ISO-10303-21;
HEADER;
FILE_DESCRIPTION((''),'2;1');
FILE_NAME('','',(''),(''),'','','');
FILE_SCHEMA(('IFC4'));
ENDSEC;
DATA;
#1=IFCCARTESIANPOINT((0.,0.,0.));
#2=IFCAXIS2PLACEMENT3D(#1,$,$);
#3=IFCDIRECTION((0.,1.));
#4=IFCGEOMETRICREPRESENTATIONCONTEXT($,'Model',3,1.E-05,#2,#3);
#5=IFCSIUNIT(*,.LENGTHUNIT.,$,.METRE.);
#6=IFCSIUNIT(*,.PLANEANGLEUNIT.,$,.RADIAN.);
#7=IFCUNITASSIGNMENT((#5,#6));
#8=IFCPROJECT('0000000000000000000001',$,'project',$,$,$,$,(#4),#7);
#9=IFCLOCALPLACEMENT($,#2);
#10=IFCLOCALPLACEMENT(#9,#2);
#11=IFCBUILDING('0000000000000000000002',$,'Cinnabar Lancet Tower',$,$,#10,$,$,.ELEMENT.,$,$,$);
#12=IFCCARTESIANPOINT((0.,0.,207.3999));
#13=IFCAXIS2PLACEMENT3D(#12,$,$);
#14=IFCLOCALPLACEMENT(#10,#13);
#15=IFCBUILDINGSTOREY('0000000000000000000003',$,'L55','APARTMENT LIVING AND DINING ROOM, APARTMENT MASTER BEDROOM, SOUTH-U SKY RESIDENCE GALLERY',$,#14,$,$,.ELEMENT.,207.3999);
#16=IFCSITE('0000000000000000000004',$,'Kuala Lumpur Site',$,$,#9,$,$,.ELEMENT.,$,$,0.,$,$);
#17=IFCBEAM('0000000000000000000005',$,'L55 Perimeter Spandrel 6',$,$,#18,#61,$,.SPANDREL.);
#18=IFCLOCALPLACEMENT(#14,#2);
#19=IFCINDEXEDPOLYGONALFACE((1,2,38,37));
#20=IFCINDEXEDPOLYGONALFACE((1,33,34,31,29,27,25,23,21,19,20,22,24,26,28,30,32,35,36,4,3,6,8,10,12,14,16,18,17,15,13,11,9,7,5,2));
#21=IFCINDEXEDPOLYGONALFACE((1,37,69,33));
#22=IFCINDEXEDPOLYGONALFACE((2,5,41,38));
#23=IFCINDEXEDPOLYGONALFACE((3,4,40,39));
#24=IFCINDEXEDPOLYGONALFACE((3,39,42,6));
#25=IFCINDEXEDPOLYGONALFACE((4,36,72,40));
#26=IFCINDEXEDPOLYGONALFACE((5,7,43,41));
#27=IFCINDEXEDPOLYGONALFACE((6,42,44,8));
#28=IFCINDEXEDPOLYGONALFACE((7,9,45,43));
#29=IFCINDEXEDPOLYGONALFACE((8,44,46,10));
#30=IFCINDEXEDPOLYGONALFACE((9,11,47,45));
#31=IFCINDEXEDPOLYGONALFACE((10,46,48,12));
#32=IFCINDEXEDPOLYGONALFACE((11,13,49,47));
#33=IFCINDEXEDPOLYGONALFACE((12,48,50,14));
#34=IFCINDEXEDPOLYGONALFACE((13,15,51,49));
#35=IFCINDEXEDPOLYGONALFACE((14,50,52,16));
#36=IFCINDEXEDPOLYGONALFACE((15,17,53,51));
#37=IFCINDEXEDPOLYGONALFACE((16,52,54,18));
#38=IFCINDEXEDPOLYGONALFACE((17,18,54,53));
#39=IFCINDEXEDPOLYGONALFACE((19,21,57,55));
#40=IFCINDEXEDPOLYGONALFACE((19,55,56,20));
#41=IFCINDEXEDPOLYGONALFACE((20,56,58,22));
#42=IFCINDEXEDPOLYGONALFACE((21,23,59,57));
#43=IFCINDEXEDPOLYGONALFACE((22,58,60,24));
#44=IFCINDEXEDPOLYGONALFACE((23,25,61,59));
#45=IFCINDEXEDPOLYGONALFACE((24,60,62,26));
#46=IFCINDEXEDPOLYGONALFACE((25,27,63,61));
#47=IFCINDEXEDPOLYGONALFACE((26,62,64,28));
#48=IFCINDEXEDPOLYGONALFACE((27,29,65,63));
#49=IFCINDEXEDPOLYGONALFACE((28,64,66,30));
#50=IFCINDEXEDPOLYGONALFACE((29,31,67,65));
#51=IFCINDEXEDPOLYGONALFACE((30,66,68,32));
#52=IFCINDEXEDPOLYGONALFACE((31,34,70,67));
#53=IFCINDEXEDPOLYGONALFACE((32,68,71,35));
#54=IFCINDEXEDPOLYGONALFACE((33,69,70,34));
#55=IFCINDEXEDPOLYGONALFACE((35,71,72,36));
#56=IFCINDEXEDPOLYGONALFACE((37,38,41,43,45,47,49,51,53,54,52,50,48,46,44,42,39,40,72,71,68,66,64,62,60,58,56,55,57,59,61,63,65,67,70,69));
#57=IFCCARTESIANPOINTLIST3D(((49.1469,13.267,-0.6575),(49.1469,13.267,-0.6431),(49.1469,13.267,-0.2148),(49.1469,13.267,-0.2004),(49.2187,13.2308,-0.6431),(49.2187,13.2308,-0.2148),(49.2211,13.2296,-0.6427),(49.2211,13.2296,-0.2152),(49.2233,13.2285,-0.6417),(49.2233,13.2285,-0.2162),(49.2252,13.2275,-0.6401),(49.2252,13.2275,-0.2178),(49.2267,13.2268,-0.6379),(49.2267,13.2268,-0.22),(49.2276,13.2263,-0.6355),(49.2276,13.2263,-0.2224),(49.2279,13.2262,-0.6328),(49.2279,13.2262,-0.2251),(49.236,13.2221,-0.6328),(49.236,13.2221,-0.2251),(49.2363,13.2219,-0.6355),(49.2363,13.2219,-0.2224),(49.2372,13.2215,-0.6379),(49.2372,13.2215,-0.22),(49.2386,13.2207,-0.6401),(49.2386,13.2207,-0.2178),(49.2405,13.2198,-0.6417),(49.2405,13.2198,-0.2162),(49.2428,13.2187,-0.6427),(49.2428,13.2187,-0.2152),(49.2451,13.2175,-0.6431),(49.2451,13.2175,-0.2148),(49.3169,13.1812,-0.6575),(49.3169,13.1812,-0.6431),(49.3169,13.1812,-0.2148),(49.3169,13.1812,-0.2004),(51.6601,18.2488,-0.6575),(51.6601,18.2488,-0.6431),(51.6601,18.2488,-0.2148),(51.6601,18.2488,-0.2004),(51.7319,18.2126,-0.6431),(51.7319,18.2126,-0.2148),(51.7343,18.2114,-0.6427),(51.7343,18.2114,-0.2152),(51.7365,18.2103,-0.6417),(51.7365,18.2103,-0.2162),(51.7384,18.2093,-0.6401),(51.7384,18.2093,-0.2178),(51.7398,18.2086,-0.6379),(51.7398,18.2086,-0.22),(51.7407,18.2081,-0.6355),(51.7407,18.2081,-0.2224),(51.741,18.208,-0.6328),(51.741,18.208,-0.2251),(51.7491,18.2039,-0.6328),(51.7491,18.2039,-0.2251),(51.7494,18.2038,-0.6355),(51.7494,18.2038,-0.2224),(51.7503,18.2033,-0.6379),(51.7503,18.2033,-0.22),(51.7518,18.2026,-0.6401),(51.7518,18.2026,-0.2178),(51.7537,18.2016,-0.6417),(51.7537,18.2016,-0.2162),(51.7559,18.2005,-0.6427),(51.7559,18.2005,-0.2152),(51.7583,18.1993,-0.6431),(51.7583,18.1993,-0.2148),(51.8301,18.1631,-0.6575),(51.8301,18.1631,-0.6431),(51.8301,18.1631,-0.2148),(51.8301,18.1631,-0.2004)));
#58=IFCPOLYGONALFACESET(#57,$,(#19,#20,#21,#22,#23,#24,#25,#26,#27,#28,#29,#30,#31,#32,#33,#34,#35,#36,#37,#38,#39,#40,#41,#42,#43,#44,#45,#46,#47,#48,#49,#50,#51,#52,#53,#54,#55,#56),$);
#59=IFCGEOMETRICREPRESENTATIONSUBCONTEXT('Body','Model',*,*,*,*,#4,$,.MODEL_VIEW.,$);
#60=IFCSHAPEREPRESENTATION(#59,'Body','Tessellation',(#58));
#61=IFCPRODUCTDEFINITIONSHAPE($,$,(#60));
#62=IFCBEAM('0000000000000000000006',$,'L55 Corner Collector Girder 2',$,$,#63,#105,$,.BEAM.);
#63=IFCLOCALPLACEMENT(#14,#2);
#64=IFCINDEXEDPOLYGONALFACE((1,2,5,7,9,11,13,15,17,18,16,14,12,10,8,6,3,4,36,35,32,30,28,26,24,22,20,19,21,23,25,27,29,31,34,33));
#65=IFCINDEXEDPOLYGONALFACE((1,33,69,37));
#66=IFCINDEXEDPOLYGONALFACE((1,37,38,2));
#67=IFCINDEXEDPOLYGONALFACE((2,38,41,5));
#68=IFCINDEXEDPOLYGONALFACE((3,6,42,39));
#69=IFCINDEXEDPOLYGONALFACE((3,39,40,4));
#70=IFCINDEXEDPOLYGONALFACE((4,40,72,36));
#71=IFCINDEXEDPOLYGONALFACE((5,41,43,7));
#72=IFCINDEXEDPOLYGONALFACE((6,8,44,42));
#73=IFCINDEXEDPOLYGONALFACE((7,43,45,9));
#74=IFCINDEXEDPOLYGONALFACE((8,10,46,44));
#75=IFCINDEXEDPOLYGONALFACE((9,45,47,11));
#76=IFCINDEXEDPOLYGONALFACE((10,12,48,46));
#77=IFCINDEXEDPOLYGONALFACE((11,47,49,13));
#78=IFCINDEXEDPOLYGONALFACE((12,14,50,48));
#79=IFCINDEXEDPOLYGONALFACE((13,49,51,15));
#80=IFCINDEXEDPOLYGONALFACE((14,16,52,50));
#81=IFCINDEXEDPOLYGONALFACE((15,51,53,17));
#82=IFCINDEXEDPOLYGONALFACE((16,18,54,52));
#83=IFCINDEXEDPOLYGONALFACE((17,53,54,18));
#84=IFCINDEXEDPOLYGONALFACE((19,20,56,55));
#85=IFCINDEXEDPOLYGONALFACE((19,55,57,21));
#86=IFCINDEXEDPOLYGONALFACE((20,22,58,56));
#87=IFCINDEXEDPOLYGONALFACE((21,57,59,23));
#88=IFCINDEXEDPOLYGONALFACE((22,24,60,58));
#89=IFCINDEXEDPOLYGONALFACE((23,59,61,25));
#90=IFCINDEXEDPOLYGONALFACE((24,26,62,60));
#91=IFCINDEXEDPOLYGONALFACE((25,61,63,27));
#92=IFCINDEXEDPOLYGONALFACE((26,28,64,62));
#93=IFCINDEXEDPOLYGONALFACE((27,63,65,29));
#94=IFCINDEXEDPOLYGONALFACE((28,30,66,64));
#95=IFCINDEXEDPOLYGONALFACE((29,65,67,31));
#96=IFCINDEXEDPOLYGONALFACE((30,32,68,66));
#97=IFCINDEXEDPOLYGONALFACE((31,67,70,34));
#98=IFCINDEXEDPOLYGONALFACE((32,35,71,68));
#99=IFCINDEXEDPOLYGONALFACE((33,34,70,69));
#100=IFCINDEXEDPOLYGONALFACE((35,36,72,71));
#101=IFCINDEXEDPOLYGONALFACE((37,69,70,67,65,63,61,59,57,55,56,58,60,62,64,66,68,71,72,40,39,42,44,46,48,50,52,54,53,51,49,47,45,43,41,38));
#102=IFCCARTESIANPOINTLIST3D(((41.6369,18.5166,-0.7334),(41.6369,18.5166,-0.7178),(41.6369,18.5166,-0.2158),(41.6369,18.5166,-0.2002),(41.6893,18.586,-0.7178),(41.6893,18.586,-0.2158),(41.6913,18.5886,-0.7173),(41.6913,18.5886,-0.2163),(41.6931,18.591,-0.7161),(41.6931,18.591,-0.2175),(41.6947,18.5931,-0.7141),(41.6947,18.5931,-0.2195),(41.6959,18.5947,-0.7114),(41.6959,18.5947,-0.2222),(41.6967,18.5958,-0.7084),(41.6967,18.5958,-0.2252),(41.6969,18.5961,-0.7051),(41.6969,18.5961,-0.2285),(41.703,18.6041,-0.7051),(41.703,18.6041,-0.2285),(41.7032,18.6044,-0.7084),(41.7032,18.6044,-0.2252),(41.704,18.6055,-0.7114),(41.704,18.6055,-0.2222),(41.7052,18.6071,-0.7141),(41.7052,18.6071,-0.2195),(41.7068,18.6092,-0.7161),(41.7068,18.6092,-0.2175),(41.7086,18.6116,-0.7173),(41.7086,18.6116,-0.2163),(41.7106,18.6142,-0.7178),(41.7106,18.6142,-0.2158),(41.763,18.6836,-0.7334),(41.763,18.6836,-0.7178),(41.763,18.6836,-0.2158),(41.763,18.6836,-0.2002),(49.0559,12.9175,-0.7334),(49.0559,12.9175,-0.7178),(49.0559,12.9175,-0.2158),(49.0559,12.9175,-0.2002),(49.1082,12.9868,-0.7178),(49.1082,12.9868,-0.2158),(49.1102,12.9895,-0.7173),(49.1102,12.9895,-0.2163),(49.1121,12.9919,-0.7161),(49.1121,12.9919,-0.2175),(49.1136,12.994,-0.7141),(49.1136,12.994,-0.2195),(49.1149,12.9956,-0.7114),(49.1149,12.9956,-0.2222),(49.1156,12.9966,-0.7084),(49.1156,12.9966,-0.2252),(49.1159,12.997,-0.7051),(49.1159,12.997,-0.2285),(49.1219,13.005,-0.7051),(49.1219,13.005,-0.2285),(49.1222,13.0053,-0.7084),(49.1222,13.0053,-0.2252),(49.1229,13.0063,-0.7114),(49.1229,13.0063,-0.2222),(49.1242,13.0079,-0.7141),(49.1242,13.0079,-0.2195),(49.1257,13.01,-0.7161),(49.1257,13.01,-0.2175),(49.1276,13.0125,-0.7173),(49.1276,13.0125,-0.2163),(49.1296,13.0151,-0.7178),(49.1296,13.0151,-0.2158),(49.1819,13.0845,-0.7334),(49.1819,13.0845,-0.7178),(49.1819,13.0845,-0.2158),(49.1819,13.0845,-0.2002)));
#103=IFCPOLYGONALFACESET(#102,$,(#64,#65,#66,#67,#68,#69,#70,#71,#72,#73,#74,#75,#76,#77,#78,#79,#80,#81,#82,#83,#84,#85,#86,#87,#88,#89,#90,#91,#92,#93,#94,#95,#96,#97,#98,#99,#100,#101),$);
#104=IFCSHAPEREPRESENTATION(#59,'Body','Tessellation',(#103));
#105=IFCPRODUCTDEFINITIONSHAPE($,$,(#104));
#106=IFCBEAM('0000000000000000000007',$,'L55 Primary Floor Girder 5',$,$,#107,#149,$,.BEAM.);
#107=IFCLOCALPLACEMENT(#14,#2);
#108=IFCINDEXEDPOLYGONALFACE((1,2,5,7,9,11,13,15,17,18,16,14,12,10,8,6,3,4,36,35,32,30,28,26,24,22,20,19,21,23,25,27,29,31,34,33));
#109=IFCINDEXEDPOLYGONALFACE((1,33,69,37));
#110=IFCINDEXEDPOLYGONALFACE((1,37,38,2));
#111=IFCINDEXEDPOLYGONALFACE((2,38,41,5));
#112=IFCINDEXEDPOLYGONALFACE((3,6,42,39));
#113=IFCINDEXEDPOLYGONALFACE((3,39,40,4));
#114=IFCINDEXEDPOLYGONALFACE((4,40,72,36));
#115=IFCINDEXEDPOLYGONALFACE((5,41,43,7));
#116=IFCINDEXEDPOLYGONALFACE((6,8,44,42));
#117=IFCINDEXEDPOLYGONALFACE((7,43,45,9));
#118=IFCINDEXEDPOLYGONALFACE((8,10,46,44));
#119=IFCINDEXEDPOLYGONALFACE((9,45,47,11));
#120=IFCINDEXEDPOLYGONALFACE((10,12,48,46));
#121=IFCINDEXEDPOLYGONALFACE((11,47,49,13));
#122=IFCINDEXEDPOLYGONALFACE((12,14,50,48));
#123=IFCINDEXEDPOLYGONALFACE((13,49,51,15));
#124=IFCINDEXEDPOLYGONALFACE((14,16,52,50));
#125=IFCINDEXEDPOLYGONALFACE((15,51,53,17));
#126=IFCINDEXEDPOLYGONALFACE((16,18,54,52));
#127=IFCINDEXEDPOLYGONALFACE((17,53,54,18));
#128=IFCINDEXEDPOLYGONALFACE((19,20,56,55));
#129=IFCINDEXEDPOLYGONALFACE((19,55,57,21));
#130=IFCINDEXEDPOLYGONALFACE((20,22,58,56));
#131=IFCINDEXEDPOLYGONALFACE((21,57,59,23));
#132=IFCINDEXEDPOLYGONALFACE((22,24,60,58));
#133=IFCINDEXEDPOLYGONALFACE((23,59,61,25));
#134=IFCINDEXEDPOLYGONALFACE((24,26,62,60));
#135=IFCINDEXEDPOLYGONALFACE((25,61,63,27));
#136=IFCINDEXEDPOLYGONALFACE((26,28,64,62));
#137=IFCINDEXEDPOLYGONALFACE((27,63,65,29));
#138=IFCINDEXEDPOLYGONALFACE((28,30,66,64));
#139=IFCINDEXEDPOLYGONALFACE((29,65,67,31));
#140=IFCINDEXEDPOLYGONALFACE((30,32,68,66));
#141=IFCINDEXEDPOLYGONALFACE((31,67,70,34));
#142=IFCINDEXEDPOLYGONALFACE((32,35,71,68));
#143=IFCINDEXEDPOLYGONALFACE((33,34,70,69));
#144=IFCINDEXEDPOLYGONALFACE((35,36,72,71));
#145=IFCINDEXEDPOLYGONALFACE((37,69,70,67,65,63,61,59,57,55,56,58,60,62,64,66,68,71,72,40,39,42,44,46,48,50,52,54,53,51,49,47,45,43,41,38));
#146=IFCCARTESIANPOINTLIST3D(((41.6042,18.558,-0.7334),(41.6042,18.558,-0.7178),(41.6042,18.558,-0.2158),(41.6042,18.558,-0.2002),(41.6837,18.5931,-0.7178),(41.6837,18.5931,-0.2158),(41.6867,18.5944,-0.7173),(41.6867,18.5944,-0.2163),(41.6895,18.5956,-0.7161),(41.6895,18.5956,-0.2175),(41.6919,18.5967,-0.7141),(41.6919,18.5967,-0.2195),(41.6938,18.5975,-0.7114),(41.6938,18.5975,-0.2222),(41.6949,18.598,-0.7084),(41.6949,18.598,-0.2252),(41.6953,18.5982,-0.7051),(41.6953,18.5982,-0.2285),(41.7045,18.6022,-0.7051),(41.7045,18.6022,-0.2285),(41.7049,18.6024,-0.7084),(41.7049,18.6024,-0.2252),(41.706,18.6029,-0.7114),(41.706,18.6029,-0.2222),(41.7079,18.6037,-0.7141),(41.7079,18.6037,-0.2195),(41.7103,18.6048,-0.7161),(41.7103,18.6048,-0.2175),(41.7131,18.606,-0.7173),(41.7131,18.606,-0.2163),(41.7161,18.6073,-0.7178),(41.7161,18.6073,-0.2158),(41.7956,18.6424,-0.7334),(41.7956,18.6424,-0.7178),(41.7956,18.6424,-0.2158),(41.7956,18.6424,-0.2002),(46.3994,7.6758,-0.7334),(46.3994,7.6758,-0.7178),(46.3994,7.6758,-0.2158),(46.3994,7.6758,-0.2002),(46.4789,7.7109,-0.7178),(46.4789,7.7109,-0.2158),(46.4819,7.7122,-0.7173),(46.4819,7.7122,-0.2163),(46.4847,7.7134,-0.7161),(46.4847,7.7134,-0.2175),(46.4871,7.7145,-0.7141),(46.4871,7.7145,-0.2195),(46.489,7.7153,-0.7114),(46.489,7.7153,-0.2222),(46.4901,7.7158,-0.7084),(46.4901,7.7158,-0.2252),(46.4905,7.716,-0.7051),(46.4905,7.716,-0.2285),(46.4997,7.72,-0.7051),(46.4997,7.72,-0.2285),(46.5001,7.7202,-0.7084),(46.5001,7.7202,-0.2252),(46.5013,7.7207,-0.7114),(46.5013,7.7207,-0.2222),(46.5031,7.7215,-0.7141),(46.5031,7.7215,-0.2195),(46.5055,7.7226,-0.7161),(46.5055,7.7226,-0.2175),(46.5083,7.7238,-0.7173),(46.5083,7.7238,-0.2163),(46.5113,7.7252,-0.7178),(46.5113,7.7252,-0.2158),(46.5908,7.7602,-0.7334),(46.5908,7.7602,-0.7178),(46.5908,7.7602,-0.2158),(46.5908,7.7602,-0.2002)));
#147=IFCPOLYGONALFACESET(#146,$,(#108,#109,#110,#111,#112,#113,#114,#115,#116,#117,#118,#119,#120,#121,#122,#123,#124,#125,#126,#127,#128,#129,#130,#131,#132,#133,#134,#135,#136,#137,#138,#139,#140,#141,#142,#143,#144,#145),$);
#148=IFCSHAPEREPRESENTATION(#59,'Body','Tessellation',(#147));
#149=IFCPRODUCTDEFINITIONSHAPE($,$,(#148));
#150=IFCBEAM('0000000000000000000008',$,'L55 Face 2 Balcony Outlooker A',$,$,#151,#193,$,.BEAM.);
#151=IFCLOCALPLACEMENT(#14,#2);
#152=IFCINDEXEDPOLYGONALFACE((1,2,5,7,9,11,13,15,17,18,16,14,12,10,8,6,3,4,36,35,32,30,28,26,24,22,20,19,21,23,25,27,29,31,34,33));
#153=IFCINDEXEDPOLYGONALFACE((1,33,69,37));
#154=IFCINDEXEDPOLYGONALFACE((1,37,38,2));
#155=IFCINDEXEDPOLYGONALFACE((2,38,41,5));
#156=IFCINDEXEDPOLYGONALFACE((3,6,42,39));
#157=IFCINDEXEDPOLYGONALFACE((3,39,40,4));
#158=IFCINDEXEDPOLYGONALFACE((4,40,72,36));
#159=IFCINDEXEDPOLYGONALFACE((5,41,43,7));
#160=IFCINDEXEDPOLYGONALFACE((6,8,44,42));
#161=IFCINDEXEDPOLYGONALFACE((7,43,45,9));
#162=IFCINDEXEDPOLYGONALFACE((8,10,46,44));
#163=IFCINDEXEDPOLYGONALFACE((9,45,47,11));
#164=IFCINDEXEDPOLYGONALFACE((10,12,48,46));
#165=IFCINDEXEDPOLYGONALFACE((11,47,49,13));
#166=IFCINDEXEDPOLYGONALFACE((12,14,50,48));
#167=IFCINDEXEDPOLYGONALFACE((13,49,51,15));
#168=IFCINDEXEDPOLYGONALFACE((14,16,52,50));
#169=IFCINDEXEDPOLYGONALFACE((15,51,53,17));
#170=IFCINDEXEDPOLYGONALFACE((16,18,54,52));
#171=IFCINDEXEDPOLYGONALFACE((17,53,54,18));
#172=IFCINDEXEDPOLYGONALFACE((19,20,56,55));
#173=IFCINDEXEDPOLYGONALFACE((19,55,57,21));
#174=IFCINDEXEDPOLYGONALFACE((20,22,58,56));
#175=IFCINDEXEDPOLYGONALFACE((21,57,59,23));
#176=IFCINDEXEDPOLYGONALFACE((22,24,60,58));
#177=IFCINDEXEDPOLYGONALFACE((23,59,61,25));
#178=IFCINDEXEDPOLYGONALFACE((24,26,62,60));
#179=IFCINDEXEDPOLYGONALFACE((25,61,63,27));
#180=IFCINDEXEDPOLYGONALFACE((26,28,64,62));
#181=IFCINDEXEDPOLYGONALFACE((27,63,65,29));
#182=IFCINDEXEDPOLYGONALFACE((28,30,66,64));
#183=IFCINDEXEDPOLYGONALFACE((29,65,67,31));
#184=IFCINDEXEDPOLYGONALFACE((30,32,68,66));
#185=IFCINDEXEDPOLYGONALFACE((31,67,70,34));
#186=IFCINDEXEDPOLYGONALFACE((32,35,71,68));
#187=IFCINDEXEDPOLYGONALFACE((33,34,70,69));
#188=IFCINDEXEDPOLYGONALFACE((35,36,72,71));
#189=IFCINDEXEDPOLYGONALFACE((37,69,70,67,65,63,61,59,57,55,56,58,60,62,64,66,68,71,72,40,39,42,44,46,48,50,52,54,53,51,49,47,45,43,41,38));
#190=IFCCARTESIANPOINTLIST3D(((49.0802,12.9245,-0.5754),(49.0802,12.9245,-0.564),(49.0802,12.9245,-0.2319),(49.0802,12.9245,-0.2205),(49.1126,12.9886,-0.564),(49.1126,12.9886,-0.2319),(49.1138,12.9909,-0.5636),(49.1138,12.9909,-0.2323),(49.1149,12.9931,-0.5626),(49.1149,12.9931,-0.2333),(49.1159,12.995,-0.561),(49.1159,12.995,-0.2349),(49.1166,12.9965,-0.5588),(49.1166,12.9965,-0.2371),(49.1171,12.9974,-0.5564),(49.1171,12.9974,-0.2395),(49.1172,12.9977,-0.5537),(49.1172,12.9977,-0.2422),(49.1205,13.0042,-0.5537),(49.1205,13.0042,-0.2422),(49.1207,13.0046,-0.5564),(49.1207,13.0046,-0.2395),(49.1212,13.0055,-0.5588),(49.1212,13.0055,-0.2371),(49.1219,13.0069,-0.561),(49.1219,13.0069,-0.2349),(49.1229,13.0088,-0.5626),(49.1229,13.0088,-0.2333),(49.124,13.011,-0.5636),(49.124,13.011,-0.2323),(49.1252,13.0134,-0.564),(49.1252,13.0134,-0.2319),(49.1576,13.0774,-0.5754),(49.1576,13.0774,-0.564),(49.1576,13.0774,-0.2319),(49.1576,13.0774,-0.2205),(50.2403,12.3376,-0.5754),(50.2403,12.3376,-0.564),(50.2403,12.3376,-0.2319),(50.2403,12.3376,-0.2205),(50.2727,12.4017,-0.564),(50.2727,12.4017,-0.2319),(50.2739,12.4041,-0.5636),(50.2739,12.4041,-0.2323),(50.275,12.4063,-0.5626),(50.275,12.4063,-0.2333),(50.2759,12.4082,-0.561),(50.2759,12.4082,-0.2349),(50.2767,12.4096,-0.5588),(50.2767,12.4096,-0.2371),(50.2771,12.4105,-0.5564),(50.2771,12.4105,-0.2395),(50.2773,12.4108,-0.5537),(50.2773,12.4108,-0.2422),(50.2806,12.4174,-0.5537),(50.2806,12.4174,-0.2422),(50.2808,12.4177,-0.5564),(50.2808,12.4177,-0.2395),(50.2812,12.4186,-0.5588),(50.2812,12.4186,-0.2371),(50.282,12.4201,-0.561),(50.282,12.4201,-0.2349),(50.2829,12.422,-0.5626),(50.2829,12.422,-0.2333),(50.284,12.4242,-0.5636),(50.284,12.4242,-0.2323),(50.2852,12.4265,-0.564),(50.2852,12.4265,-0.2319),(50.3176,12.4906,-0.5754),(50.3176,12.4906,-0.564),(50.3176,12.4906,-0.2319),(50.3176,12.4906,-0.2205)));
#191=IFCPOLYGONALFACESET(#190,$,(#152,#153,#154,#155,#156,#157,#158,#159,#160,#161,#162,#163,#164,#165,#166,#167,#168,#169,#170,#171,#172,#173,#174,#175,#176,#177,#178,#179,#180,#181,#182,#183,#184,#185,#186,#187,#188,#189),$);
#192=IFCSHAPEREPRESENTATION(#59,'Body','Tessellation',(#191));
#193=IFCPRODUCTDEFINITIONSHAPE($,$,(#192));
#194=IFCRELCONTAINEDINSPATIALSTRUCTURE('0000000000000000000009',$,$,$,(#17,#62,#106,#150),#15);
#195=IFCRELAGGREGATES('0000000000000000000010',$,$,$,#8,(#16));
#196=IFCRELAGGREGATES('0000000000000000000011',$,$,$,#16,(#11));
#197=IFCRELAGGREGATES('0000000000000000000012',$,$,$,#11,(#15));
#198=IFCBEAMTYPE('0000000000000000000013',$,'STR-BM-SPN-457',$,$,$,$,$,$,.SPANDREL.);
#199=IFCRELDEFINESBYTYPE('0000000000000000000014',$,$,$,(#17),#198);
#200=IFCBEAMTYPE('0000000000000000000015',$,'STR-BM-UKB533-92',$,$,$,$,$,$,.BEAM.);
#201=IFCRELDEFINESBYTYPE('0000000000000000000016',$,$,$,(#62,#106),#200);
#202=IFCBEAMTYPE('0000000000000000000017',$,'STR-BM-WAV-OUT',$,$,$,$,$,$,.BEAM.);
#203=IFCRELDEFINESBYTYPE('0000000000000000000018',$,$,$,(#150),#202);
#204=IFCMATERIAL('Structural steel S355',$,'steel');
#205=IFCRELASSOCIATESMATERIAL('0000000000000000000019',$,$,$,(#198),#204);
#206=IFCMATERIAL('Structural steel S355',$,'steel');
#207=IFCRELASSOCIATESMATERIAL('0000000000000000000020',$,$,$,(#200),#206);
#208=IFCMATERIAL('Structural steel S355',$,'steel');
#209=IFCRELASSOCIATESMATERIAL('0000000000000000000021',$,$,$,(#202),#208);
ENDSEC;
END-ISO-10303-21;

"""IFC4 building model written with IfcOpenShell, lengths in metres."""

from ifc_helpers import new_model, si_unit, direction, frame, origin, origin_2d, place, context, subcontext, project, spatial, i_section, extrude, material, material_profile, profile_set, type_object, element, save


model = new_model("IFC4")

# Units and contexts
model_context = context("Model", 3, precision=1e-05, world=origin(), true_north=direction((0.0, 1.0)))
body_context = subcontext(model_context, "Body", "Model", "MODEL_VIEW")
ifc_project = project(units=[si_unit("LENGTHUNIT", "METRE"), si_unit("PLANEANGLEUNIT", "RADIAN")], contexts=[model_context])

# Site, building, storey
site_placement = place(None, origin())
site = spatial("IfcSite", under=ifc_project, at=site_placement, Name="Kuala Lumpur Site", CompositionType="ELEMENT", RefElevation=0.0)
building_placement = place(site_placement, origin())
building = spatial("IfcBuilding", under=site, at=building_placement, Name="Cinnabar Lancet Tower", CompositionType="ELEMENT")
storey_placement = place(building_placement, frame((0.0, 0.0, 207.3999)))
storey = spatial("IfcBuildingStorey", under=building, at=storey_placement, Name="L55", Description="APARTMENT LIVING AND DINING ROOM, APARTMENT MASTER BEDROOM, SOUTH-U SKY RESIDENCE GALLERY", CompositionType="ELEMENT", Elevation=207.3999)

# Beams
ifc_material_1 = material(Name="Structural steel S355", Category="steel")
ifc_material_profile_1 = material_profile(ifc_material_1, i_section(OverallWidth=0.1904, OverallDepth=0.457, WebThickness=0.009, FlangeThickness=0.0144, FilletRadius=0.0103, at=origin_2d()), Name="UKB 457x191x74")
ifc_profile_set_1 = profile_set([ifc_material_profile_1], Name="Structural steel S355")
beam_type_1 = type_object("IfcBeamType", Name="STR-BM-SPN-457", PredefinedType="SPANDREL", material=ifc_profile_set_1)
beam_1_placement = place(storey_placement, frame((49.2319, 13.2241, -0.429), z_axis=(0.450396, 0.892829, 0.0), x_axis=(-0.892829, 0.450396, 0.0)))
element("IfcBeam", 1, at=beam_1_placement, inside=storey, type_object=beam_type_1, Name="L55 Perimeter Spandrel 6", PredefinedType="SPANDREL", context=body_context, shape_type="SweptSolid", body=[
    extrude(i_section(OverallWidth=0.1904, OverallDepth=0.457, WebThickness=0.009, FlangeThickness=0.0144, FilletRadius=0.0103, at=origin_2d()), origin(), (0.0, 0.0, 1.0), 5.5798),
])
ifc_material_2 = material(Name="Structural steel S355", Category="steel")
ifc_material_profile_2 = material_profile(ifc_material_2, i_section(OverallWidth=0.2092, OverallDepth=0.5332, WebThickness=0.01, FlangeThickness=0.0156, FilletRadius=0.0127, at=origin_2d()), Name="UKB 533x210x92")
ifc_profile_set_2 = profile_set([ifc_material_profile_2], Name="Structural steel S355")
beam_type_2 = type_object("IfcBeamType", Name="STR-BM-UKB533-92", PredefinedType="BEAM", material=ifc_profile_set_2)
beam_2_placement = place(storey_placement, frame((49.1189, 13.001, -0.4668), z_axis=(-0.798193, 0.602401, 0.0), x_axis=(-0.602401, -0.798193, 0.0)))
element("IfcBeam", 2, at=beam_2_placement, inside=storey, type_object=beam_type_2, Name="L55 Corner Collector Girder 2", PredefinedType="BEAM", context=body_context, shape_type="SweptSolid", body=[
    extrude(i_section(OverallWidth=0.2092, OverallDepth=0.5332, WebThickness=0.01, FlangeThickness=0.0156, FilletRadius=0.0127, at=origin_2d()), origin(), (0.0, 0.0, 1.0), 9.2947),
])
beam_3_placement = place(storey_placement, frame((46.4951, 7.718, -0.4668), z_axis=(-0.403235, 0.915096, 0.0), x_axis=(-0.915096, -0.403235, 0.0)))
element("IfcBeam", 3, at=beam_3_placement, inside=storey, type_object=beam_type_2, Name="L55 Primary Floor Girder 5", PredefinedType="BEAM", context=body_context, shape_type="SweptSolid", body=[
    extrude(i_section(OverallWidth=0.2092, OverallDepth=0.5332, WebThickness=0.01, FlangeThickness=0.0156, FilletRadius=0.0127, at=origin_2d()), origin(), (0.0, 0.0, 1.0), 11.8918),
])
ifc_material_3 = material(Name="Structural steel S355", Category="steel")
ifc_material_profile_3 = material_profile(ifc_material_3, i_section(OverallWidth=0.1714, OverallDepth=0.355, WebThickness=0.0073, FlangeThickness=0.0115, FilletRadius=0.0103, at=origin_2d()), Name="UKB 356x171x51")
ifc_profile_set_3 = profile_set([ifc_material_profile_3], Name="Structural steel S355")
beam_type_3 = type_object("IfcBeamType", Name="STR-BM-WAV-OUT", PredefinedType="BEAM", material=ifc_profile_set_3)
beam_4_placement = place(storey_placement, frame((49.1189, 13.001, -0.3979), z_axis=(0.892314, -0.451415, 0.0), x_axis=(0.451415, 0.892314, 0.0)))
element("IfcBeam", 4, at=beam_4_placement, inside=storey, type_object=beam_type_3, Name="L55 Face 2 Balcony Outlooker A", PredefinedType="BEAM", context=body_context, shape_type="SweptSolid", body=[
    extrude(i_section(OverallWidth=0.1714, OverallDepth=0.355, WebThickness=0.0073, FlangeThickness=0.0115, FilletRadius=0.0103, at=origin_2d()), origin(), (0.0, 0.0, 1.0), 1.3),
])

save(model, "model.ifc")
